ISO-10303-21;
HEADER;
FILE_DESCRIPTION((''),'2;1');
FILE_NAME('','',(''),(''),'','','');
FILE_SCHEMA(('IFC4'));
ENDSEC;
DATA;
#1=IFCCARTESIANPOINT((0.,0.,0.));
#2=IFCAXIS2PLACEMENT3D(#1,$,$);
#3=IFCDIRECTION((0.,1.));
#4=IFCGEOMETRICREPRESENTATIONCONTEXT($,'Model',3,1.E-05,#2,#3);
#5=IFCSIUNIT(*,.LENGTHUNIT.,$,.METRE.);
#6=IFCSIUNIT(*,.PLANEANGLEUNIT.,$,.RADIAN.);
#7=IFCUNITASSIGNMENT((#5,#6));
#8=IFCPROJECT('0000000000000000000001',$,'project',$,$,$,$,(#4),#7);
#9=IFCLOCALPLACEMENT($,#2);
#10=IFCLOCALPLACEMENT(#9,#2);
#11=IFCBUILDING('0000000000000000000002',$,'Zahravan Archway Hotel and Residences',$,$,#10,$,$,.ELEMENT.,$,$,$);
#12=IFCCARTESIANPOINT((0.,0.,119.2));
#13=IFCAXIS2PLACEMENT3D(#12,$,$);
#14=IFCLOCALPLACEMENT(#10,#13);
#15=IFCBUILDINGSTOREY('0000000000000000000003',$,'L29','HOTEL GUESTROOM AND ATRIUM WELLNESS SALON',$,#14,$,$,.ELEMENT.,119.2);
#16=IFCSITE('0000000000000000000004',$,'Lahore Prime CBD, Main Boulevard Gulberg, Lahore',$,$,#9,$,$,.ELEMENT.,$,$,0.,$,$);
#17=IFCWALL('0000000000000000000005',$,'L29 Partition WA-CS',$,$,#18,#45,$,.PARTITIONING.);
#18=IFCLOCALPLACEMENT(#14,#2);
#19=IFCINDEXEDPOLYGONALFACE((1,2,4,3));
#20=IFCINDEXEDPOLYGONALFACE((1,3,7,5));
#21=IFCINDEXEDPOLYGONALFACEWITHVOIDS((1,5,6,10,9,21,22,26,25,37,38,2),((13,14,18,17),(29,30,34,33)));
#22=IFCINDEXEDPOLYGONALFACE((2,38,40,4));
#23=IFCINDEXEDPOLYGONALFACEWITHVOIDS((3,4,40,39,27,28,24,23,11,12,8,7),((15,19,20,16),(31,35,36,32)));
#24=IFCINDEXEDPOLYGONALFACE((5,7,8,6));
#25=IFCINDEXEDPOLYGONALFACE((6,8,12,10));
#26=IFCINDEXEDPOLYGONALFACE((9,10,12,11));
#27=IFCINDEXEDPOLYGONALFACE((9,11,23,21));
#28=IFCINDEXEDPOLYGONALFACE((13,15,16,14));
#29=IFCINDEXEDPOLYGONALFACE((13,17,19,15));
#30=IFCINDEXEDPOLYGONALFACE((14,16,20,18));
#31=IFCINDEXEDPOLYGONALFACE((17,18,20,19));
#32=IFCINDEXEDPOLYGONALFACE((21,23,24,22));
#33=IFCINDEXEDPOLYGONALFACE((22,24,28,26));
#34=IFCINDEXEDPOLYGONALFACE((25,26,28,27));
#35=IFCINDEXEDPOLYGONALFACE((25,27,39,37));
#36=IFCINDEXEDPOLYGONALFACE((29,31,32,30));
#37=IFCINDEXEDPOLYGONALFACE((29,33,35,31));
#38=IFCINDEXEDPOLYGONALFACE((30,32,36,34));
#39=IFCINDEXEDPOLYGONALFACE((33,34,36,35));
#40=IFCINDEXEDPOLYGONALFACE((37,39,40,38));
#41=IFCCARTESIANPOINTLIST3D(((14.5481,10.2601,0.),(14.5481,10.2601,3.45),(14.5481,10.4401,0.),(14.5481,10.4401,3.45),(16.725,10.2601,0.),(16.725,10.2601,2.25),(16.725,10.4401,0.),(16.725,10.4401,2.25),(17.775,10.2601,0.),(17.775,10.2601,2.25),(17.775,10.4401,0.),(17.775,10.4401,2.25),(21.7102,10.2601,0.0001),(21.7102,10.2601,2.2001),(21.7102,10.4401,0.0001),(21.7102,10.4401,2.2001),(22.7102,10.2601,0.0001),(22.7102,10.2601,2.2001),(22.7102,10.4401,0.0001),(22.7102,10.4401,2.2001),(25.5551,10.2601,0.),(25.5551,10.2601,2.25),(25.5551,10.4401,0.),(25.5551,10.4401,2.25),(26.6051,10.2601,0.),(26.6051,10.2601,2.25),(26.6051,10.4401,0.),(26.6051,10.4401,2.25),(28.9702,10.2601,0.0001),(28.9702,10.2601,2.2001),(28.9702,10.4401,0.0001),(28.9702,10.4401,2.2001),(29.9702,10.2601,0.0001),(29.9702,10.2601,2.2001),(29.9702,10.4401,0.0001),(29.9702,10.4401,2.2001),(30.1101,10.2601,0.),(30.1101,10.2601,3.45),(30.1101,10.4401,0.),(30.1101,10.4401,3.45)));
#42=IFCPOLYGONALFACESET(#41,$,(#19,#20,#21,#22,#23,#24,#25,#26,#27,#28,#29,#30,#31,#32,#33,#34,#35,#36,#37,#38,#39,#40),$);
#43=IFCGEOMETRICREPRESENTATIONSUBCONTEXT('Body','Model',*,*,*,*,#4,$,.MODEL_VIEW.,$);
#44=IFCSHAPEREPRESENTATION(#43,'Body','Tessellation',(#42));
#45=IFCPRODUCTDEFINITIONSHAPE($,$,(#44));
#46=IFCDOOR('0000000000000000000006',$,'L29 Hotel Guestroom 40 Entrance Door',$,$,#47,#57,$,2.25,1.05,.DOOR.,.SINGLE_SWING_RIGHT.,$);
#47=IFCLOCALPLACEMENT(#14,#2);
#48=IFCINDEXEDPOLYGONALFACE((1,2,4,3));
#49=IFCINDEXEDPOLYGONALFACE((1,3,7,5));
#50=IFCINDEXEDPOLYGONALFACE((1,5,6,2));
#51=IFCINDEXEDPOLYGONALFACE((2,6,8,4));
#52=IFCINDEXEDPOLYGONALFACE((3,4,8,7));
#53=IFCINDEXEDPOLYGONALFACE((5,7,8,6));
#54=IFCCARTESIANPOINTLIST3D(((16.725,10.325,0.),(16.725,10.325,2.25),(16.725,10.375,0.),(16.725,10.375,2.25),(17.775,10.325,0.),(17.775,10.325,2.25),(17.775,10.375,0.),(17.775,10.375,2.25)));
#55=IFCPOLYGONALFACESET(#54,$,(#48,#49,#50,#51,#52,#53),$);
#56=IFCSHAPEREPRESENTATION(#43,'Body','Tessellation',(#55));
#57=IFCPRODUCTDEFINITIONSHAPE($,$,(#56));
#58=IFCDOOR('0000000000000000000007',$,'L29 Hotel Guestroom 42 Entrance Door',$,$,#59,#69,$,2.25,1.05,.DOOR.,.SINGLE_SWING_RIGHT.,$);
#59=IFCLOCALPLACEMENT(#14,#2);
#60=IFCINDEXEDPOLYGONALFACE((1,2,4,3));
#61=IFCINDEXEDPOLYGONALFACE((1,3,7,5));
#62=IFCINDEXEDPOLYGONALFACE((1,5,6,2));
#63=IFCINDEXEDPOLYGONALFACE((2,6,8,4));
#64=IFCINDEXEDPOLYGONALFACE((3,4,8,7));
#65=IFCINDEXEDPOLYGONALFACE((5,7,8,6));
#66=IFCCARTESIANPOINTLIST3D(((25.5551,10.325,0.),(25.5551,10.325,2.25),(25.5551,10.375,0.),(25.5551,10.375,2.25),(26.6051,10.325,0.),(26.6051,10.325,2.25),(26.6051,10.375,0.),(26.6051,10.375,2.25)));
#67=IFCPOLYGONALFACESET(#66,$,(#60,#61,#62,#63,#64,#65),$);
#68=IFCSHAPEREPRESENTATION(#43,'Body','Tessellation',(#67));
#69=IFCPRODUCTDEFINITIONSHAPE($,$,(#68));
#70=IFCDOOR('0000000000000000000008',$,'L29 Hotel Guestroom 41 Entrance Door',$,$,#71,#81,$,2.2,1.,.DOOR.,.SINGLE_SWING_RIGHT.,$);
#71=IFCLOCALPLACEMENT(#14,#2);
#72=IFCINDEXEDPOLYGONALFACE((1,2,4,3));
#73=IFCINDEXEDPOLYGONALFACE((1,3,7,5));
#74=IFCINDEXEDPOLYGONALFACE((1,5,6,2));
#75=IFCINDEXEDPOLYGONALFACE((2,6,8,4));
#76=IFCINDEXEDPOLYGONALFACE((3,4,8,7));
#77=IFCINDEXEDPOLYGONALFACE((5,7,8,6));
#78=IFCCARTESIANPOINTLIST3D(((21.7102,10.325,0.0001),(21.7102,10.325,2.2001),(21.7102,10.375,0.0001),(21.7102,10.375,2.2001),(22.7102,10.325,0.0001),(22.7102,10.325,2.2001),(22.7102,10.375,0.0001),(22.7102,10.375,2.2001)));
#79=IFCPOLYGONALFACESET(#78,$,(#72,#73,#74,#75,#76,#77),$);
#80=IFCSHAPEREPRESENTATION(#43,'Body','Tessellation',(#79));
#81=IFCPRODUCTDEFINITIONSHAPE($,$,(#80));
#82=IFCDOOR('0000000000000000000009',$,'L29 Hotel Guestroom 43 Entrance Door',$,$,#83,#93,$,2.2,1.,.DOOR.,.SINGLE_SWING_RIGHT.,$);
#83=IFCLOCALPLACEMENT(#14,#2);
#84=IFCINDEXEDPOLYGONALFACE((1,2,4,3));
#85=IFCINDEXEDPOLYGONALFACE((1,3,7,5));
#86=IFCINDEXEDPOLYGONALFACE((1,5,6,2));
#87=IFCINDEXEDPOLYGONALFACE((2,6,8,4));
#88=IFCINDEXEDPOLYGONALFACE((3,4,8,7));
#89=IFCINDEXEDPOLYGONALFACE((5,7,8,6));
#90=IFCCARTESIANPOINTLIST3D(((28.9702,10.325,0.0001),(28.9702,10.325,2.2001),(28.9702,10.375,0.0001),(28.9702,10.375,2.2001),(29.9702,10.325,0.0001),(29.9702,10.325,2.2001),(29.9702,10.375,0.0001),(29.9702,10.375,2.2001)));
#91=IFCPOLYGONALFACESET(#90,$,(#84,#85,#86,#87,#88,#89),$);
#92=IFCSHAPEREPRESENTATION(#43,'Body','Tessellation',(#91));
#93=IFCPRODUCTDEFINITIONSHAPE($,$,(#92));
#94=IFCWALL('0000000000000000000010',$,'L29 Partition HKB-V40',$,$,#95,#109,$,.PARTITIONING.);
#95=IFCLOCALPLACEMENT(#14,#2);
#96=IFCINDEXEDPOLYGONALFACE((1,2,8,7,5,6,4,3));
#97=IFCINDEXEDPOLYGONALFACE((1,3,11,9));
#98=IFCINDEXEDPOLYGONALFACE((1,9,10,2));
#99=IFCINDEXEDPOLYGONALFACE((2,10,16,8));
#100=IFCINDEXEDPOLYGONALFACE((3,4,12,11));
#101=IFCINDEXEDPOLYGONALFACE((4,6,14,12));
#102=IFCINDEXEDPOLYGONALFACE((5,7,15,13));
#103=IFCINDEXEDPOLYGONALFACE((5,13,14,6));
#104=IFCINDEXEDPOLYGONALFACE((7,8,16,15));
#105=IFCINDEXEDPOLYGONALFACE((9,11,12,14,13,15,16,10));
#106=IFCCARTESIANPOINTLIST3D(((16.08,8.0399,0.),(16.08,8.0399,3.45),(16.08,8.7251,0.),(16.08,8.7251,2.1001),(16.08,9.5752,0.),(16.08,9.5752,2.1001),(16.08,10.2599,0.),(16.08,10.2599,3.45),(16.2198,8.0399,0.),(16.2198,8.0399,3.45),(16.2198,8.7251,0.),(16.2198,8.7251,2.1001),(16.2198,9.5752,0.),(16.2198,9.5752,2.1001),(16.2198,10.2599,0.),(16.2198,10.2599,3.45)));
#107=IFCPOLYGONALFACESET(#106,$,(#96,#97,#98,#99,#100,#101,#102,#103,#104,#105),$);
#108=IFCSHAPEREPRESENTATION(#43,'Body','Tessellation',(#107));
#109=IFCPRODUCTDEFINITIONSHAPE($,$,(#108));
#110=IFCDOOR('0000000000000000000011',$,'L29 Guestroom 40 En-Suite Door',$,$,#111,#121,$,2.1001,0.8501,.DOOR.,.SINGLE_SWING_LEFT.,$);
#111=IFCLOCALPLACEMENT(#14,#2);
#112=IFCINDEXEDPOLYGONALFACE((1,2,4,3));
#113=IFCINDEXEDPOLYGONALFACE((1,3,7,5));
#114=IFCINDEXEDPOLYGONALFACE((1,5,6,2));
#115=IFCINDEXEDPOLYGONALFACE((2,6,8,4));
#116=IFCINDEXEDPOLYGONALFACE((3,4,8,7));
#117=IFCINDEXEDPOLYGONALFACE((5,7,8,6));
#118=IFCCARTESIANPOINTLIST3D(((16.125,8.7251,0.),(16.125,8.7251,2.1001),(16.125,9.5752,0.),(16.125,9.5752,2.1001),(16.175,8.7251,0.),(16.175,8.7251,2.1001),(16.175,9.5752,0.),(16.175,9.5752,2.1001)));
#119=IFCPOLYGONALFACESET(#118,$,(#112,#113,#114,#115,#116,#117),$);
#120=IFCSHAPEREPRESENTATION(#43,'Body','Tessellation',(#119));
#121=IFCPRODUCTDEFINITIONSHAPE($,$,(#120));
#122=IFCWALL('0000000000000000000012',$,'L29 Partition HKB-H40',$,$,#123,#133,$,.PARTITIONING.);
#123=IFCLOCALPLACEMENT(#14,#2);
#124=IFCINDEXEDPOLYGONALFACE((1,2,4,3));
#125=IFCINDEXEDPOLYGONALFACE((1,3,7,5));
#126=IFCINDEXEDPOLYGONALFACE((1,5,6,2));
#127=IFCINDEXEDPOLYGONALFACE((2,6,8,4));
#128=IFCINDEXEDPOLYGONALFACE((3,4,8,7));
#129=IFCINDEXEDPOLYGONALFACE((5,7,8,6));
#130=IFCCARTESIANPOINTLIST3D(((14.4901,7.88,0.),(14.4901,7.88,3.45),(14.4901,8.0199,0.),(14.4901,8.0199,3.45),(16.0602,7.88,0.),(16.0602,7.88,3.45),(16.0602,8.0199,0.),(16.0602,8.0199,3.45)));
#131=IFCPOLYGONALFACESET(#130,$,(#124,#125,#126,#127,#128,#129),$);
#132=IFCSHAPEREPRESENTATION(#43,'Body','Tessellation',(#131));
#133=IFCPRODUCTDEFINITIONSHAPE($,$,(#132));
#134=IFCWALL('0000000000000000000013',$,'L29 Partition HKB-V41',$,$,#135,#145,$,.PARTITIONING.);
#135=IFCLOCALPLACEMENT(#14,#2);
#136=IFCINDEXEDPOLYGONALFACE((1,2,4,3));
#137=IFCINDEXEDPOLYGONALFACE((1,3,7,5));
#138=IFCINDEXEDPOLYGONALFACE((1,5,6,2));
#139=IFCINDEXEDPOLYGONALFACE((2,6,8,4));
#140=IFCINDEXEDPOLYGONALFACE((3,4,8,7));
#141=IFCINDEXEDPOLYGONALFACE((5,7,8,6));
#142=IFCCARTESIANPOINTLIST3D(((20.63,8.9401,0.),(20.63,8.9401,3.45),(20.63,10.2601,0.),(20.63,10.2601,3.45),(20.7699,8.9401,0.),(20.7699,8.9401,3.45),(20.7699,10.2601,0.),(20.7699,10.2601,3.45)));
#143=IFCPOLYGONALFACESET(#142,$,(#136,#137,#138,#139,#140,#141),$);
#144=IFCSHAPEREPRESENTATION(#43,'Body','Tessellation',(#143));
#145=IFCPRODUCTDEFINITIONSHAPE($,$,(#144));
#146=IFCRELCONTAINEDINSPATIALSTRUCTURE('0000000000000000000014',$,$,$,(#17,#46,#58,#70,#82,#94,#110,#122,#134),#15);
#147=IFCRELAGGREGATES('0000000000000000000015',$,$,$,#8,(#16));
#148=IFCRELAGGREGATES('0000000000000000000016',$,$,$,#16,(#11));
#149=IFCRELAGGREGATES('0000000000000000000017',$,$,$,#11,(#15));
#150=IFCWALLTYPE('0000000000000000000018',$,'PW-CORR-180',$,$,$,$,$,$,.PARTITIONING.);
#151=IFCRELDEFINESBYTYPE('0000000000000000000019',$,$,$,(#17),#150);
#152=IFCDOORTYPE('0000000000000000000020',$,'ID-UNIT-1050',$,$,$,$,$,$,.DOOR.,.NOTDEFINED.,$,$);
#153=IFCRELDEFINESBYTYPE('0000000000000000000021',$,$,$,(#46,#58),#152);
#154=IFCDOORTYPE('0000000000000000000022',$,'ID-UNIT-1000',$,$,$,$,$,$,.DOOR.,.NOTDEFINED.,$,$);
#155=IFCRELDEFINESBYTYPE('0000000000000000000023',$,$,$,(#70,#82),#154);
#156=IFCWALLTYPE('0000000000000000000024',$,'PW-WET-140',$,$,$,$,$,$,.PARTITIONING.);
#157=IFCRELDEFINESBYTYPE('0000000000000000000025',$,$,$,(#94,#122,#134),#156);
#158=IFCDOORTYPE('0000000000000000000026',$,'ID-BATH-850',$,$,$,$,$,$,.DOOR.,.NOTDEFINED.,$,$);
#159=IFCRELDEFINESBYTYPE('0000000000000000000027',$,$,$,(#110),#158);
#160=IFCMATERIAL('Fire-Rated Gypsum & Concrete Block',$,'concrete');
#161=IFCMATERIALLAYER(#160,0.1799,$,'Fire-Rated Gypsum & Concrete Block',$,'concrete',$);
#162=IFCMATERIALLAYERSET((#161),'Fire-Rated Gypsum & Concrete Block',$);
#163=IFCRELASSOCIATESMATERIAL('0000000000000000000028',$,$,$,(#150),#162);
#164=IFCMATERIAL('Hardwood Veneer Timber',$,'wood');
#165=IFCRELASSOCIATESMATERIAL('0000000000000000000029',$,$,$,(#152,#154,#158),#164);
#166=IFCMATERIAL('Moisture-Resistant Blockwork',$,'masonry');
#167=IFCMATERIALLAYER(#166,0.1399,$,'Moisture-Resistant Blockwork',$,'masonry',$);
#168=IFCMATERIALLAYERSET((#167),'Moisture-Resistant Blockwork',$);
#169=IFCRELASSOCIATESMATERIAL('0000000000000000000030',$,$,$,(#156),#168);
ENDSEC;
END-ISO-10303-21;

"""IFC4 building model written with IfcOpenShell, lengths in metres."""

from ifc_helpers import new_model, si_unit, direction, frame, frame_2d, origin, place, context, subcontext, project, spatial, rectangle, extrude, source, transform, mapped, material, layer, layer_set, type_object, type_shapes, element, fill, save


model = new_model("IFC4")

# Units and contexts
model_context = context("Model", 3, precision=1e-05, world=origin(), true_north=direction((0.0, 1.0)))
body_context = subcontext(model_context, "Body", "Model", "MODEL_VIEW")
ifc_project = project(units=[si_unit("LENGTHUNIT", "METRE"), si_unit("PLANEANGLEUNIT", "RADIAN")], contexts=[model_context])

# Site, building, storey
site_placement = place(None, origin())
site = spatial("IfcSite", under=ifc_project, at=site_placement, Name="Lahore Prime CBD, Main Boulevard Gulberg, Lahore", CompositionType="ELEMENT", RefElevation=0.0)
building_placement = place(site_placement, origin())
building = spatial("IfcBuilding", under=site, at=building_placement, Name="Zahravan Archway Hotel and Residences", CompositionType="ELEMENT")
storey_placement = place(building_placement, frame((0.0, 0.0, 119.2)))
storey = spatial("IfcBuildingStorey", under=building, at=storey_placement, Name="L29", Description="HOTEL GUESTROOM AND ATRIUM WELLNESS SALON", CompositionType="ELEMENT", Elevation=119.2)

# Shared definitions
ifc_material_1 = material(Name="Fire-Rated Gypsum & Concrete Block", Category="concrete")

# Wall, openings, doors
ifc_layer_1 = layer(ifc_material_1, 0.1799, Name="Fire-Rated Gypsum & Concrete Block", Category="concrete")
ifc_layer_set_1 = layer_set([ifc_layer_1], Name="Fire-Rated Gypsum & Concrete Block")
wall_type_1 = type_object("IfcWallType", Name="PW-CORR-180", PredefinedType="PARTITIONING", material=ifc_layer_set_1)
wall_1_placement = place(storey_placement, frame((14.5481, 10.3501, 0.0), z_axis=(0.0, 0.0, 1.0), x_axis=(1.0, 0.0, 0.0)))
wall_1 = element("IfcWall", 1, at=wall_1_placement, inside=storey, type_object=wall_type_1, Name="L29 Partition WA-CS", PredefinedType="PARTITIONING", context=body_context, shape_type="SweptSolid", body=[
    extrude(rectangle(XDim=15.562, YDim=0.1799, at=frame_2d((7.781, 0.0))), origin(), (0.0, 0.0, 1.0), 3.45),
])
opening_1_placement = place(wall_1_placement, frame((2.177, 0.0, 0.0)))
opening_1 = element("IfcOpeningElement", 2, at=opening_1_placement, cuts=wall_1, PredefinedType="OPENING", context=body_context, shape_type="SweptSolid", body=[
    extrude(rectangle(XDim=1.05, YDim=2.25, at=frame_2d((0.5249, 1.125))), frame((0.0, 0.1001, 0.0), z_axis=(0.0, -1.0, 0.0), x_axis=(1.0, 0.0, 0.0)), (0.0, 0.0, 1.0), 0.2),
])
opening_2_placement = place(wall_1_placement, frame((7.1621, 0.0, 0.0)))
opening_2 = element("IfcOpeningElement", 3, at=opening_2_placement, cuts=wall_1, PredefinedType="OPENING", context=body_context, shape_type="SweptSolid", body=[
    extrude(rectangle(XDim=1.0, YDim=2.2, at=frame_2d((0.5, 1.1001))), frame((0.0, 0.1001, 0.0), z_axis=(0.0, -1.0, 0.0), x_axis=(1.0, 0.0, 0.0)), (0.0, 0.0, 1.0), 0.2),
])
opening_3_placement = place(wall_1_placement, frame((11.0071, 0.0, 0.0)))
opening_3 = element("IfcOpeningElement", 4, at=opening_3_placement, cuts=wall_1, PredefinedType="OPENING", context=body_context, shape_type="SweptSolid", body=[
    extrude(rectangle(XDim=1.05, YDim=2.25, at=frame_2d((0.5249, 1.125))), frame((0.0, 0.1001, 0.0), z_axis=(0.0, -1.0, 0.0), x_axis=(1.0, 0.0, 0.0)), (0.0, 0.0, 1.0), 0.2),
])
opening_4_placement = place(wall_1_placement, frame((14.4221, 0.0, 0.0)))
opening_4 = element("IfcOpeningElement", 5, at=opening_4_placement, cuts=wall_1, PredefinedType="OPENING", context=body_context, shape_type="SweptSolid", body=[
    extrude(rectangle(XDim=1.0, YDim=2.2, at=frame_2d((0.5, 1.1001))), frame((0.0, 0.1001, 0.0), z_axis=(0.0, -1.0, 0.0), x_axis=(1.0, 0.0, 0.0)), (0.0, 0.0, 1.0), 0.2),
])
ifc_material_2 = material(Name="Hardwood Veneer Timber", Category="wood")
door_type_1 = type_object("IfcDoorType", Name="ID-UNIT-1050", OperationType="NOTDEFINED", PredefinedType="DOOR", material=ifc_material_2)
shared_shape_1 = source(origin(), body_context, "Body", "SweptSolid", [
    extrude(rectangle(XDim=1.05, YDim=2.25, at=frame_2d((0.5249, 1.125))), frame((0.0, 0.0249, 0.0), z_axis=(0.0, -1.0, 0.0), x_axis=(1.0, 0.0, 0.0)), (0.0, 0.0, 1.0), 0.05),
])
type_shapes(door_type_1, [shared_shape_1])
door_1_placement = place(opening_1_placement, origin())
door_1 = element("IfcDoor", 6, at=door_1_placement, inside=storey, type_object=door_type_1, Name="L29 Hotel Guestroom 40 Entrance Door", OperationType="SINGLE_SWING_RIGHT", OverallHeight=2.25, OverallWidth=1.05, PredefinedType="DOOR", context=body_context, shape_type="MappedRepresentation", body=[
    mapped(shared_shape_1, transform((0.0, 0.0, 0.0), scale=1.0)),
])
fill(opening_1, door_1)
door_2_placement = place(opening_3_placement, origin())
door_2 = element("IfcDoor", 7, at=door_2_placement, inside=storey, type_object=door_type_1, Name="L29 Hotel Guestroom 42 Entrance Door", OperationType="SINGLE_SWING_RIGHT", OverallHeight=2.25, OverallWidth=1.05, PredefinedType="DOOR", context=body_context, shape_type="MappedRepresentation", body=[
    mapped(shared_shape_1, transform((0.0, 0.0, 0.0), scale=1.0)),
])
fill(opening_3, door_2)
door_type_2 = type_object("IfcDoorType", Name="ID-UNIT-1000", OperationType="NOTDEFINED", PredefinedType="DOOR", material=ifc_material_2)
shared_shape_2 = source(origin(), body_context, "Body", "SweptSolid", [
    extrude(rectangle(XDim=1.0, YDim=2.2, at=frame_2d((0.5, 1.1001))), frame((0.0, 0.0249, 0.0), z_axis=(0.0, -1.0, 0.0), x_axis=(1.0, 0.0, 0.0)), (0.0, 0.0, 1.0), 0.05),
])
type_shapes(door_type_2, [shared_shape_2])
door_3_placement = place(opening_2_placement, origin())
door_3 = element("IfcDoor", 8, at=door_3_placement, inside=storey, type_object=door_type_2, Name="L29 Hotel Guestroom 41 Entrance Door", OperationType="SINGLE_SWING_RIGHT", OverallHeight=2.2, OverallWidth=1.0, PredefinedType="DOOR", context=body_context, shape_type="MappedRepresentation", body=[
    mapped(shared_shape_2, transform((0.0, 0.0, 0.0), scale=1.0)),
])
fill(opening_2, door_3)
door_4_placement = place(opening_4_placement, origin())
door_4 = element("IfcDoor", 9, at=door_4_placement, inside=storey, type_object=door_type_2, Name="L29 Hotel Guestroom 43 Entrance Door", OperationType="SINGLE_SWING_RIGHT", OverallHeight=2.2, OverallWidth=1.0, PredefinedType="DOOR", context=body_context, shape_type="MappedRepresentation", body=[
    mapped(shared_shape_2, transform((0.0, 0.0, 0.0), scale=1.0)),
])
fill(opening_4, door_4)

# Wall, opening, door
ifc_material_3 = material(Name="Moisture-Resistant Blockwork", Category="masonry")
ifc_layer_2 = layer(ifc_material_3, 0.1399, Name="Moisture-Resistant Blockwork", Category="masonry")
ifc_layer_set_2 = layer_set([ifc_layer_2], Name="Moisture-Resistant Blockwork")
wall_type_2 = type_object("IfcWallType", Name="PW-WET-140", PredefinedType="PARTITIONING", material=ifc_layer_set_2)
wall_2_placement = place(storey_placement, frame((16.1499, 8.04, 0.0), z_axis=(0.0, 0.0, 1.0), x_axis=(0.0, 1.0, 0.0)))
wall_2 = element("IfcWall", 10, at=wall_2_placement, inside=storey, type_object=wall_type_2, Name="L29 Partition HKB-V40", PredefinedType="PARTITIONING", context=body_context, shape_type="SweptSolid", body=[
    extrude(rectangle(XDim=2.22, YDim=0.1399, at=frame_2d((1.1099, 0.0))), origin(), (0.0, 0.0, 1.0), 3.45),
])
opening_5_placement = place(wall_2_placement, frame((0.6851, 0.0, 0.0)))
opening_5 = element("IfcOpeningElement", 11, at=opening_5_placement, cuts=wall_2, PredefinedType="OPENING", context=body_context, shape_type="SweptSolid", body=[
    extrude(rectangle(XDim=0.8501, YDim=2.1001, at=frame_2d((0.425, 1.05))), frame((0.0, 0.0801, 0.0), z_axis=(0.0, -1.0, 0.0), x_axis=(1.0, 0.0, 0.0)), (0.0, 0.0, 1.0), 0.1599),
])
door_type_3 = type_object("IfcDoorType", Name="ID-BATH-850", OperationType="NOTDEFINED", PredefinedType="DOOR", material=ifc_material_2)
shared_shape_3 = source(origin(), body_context, "Body", "SweptSolid", [
    extrude(rectangle(XDim=0.8501, YDim=2.1001, at=frame_2d((0.425, 1.05))), frame((0.0, 0.0249, 0.0), z_axis=(0.0, -1.0, 0.0), x_axis=(1.0, 0.0, 0.0)), (0.0, 0.0, 1.0), 0.05),
])
type_shapes(door_type_3, [shared_shape_3])
door_5_placement = place(opening_5_placement, origin())
door_5 = element("IfcDoor", 12, at=door_5_placement, inside=storey, type_object=door_type_3, Name="L29 Guestroom 40 En-Suite Door", OperationType="SINGLE_SWING_LEFT", OverallHeight=2.1001, OverallWidth=0.8501, PredefinedType="DOOR", context=body_context, shape_type="MappedRepresentation", body=[
    mapped(shared_shape_3, transform((0.0, 0.0, 0.0), scale=1.0)),
])
fill(opening_5, door_5)

# Walls
wall_3_placement = place(storey_placement, frame((14.49, 7.95, 0.0), z_axis=(0.0, 0.0, 1.0), x_axis=(1.0, 0.0, 0.0)))
element("IfcWall", 13, at=wall_3_placement, inside=storey, type_object=wall_type_2, Name="L29 Partition HKB-H40", PredefinedType="PARTITIONING", context=body_context, shape_type="SweptSolid", body=[
    extrude(rectangle(XDim=1.5701, YDim=0.1399, at=frame_2d((0.7852, 0.0))), origin(), (0.0, 0.0, 1.0), 3.45),
])
wall_4_placement = place(storey_placement, frame((20.7, 8.9399, 0.0), z_axis=(0.0, 0.0, 1.0), x_axis=(0.0, 1.0, 0.0)))
element("IfcWall", 14, at=wall_4_placement, inside=storey, type_object=wall_type_2, Name="L29 Partition HKB-V41", PredefinedType="PARTITIONING", context=body_context, shape_type="SweptSolid", body=[
    extrude(rectangle(XDim=1.3201, YDim=0.1399, at=frame_2d((0.6602, 0.0))), origin(), (0.0, 0.0, 1.0), 3.45),
])

save(model, "model.ifc")
